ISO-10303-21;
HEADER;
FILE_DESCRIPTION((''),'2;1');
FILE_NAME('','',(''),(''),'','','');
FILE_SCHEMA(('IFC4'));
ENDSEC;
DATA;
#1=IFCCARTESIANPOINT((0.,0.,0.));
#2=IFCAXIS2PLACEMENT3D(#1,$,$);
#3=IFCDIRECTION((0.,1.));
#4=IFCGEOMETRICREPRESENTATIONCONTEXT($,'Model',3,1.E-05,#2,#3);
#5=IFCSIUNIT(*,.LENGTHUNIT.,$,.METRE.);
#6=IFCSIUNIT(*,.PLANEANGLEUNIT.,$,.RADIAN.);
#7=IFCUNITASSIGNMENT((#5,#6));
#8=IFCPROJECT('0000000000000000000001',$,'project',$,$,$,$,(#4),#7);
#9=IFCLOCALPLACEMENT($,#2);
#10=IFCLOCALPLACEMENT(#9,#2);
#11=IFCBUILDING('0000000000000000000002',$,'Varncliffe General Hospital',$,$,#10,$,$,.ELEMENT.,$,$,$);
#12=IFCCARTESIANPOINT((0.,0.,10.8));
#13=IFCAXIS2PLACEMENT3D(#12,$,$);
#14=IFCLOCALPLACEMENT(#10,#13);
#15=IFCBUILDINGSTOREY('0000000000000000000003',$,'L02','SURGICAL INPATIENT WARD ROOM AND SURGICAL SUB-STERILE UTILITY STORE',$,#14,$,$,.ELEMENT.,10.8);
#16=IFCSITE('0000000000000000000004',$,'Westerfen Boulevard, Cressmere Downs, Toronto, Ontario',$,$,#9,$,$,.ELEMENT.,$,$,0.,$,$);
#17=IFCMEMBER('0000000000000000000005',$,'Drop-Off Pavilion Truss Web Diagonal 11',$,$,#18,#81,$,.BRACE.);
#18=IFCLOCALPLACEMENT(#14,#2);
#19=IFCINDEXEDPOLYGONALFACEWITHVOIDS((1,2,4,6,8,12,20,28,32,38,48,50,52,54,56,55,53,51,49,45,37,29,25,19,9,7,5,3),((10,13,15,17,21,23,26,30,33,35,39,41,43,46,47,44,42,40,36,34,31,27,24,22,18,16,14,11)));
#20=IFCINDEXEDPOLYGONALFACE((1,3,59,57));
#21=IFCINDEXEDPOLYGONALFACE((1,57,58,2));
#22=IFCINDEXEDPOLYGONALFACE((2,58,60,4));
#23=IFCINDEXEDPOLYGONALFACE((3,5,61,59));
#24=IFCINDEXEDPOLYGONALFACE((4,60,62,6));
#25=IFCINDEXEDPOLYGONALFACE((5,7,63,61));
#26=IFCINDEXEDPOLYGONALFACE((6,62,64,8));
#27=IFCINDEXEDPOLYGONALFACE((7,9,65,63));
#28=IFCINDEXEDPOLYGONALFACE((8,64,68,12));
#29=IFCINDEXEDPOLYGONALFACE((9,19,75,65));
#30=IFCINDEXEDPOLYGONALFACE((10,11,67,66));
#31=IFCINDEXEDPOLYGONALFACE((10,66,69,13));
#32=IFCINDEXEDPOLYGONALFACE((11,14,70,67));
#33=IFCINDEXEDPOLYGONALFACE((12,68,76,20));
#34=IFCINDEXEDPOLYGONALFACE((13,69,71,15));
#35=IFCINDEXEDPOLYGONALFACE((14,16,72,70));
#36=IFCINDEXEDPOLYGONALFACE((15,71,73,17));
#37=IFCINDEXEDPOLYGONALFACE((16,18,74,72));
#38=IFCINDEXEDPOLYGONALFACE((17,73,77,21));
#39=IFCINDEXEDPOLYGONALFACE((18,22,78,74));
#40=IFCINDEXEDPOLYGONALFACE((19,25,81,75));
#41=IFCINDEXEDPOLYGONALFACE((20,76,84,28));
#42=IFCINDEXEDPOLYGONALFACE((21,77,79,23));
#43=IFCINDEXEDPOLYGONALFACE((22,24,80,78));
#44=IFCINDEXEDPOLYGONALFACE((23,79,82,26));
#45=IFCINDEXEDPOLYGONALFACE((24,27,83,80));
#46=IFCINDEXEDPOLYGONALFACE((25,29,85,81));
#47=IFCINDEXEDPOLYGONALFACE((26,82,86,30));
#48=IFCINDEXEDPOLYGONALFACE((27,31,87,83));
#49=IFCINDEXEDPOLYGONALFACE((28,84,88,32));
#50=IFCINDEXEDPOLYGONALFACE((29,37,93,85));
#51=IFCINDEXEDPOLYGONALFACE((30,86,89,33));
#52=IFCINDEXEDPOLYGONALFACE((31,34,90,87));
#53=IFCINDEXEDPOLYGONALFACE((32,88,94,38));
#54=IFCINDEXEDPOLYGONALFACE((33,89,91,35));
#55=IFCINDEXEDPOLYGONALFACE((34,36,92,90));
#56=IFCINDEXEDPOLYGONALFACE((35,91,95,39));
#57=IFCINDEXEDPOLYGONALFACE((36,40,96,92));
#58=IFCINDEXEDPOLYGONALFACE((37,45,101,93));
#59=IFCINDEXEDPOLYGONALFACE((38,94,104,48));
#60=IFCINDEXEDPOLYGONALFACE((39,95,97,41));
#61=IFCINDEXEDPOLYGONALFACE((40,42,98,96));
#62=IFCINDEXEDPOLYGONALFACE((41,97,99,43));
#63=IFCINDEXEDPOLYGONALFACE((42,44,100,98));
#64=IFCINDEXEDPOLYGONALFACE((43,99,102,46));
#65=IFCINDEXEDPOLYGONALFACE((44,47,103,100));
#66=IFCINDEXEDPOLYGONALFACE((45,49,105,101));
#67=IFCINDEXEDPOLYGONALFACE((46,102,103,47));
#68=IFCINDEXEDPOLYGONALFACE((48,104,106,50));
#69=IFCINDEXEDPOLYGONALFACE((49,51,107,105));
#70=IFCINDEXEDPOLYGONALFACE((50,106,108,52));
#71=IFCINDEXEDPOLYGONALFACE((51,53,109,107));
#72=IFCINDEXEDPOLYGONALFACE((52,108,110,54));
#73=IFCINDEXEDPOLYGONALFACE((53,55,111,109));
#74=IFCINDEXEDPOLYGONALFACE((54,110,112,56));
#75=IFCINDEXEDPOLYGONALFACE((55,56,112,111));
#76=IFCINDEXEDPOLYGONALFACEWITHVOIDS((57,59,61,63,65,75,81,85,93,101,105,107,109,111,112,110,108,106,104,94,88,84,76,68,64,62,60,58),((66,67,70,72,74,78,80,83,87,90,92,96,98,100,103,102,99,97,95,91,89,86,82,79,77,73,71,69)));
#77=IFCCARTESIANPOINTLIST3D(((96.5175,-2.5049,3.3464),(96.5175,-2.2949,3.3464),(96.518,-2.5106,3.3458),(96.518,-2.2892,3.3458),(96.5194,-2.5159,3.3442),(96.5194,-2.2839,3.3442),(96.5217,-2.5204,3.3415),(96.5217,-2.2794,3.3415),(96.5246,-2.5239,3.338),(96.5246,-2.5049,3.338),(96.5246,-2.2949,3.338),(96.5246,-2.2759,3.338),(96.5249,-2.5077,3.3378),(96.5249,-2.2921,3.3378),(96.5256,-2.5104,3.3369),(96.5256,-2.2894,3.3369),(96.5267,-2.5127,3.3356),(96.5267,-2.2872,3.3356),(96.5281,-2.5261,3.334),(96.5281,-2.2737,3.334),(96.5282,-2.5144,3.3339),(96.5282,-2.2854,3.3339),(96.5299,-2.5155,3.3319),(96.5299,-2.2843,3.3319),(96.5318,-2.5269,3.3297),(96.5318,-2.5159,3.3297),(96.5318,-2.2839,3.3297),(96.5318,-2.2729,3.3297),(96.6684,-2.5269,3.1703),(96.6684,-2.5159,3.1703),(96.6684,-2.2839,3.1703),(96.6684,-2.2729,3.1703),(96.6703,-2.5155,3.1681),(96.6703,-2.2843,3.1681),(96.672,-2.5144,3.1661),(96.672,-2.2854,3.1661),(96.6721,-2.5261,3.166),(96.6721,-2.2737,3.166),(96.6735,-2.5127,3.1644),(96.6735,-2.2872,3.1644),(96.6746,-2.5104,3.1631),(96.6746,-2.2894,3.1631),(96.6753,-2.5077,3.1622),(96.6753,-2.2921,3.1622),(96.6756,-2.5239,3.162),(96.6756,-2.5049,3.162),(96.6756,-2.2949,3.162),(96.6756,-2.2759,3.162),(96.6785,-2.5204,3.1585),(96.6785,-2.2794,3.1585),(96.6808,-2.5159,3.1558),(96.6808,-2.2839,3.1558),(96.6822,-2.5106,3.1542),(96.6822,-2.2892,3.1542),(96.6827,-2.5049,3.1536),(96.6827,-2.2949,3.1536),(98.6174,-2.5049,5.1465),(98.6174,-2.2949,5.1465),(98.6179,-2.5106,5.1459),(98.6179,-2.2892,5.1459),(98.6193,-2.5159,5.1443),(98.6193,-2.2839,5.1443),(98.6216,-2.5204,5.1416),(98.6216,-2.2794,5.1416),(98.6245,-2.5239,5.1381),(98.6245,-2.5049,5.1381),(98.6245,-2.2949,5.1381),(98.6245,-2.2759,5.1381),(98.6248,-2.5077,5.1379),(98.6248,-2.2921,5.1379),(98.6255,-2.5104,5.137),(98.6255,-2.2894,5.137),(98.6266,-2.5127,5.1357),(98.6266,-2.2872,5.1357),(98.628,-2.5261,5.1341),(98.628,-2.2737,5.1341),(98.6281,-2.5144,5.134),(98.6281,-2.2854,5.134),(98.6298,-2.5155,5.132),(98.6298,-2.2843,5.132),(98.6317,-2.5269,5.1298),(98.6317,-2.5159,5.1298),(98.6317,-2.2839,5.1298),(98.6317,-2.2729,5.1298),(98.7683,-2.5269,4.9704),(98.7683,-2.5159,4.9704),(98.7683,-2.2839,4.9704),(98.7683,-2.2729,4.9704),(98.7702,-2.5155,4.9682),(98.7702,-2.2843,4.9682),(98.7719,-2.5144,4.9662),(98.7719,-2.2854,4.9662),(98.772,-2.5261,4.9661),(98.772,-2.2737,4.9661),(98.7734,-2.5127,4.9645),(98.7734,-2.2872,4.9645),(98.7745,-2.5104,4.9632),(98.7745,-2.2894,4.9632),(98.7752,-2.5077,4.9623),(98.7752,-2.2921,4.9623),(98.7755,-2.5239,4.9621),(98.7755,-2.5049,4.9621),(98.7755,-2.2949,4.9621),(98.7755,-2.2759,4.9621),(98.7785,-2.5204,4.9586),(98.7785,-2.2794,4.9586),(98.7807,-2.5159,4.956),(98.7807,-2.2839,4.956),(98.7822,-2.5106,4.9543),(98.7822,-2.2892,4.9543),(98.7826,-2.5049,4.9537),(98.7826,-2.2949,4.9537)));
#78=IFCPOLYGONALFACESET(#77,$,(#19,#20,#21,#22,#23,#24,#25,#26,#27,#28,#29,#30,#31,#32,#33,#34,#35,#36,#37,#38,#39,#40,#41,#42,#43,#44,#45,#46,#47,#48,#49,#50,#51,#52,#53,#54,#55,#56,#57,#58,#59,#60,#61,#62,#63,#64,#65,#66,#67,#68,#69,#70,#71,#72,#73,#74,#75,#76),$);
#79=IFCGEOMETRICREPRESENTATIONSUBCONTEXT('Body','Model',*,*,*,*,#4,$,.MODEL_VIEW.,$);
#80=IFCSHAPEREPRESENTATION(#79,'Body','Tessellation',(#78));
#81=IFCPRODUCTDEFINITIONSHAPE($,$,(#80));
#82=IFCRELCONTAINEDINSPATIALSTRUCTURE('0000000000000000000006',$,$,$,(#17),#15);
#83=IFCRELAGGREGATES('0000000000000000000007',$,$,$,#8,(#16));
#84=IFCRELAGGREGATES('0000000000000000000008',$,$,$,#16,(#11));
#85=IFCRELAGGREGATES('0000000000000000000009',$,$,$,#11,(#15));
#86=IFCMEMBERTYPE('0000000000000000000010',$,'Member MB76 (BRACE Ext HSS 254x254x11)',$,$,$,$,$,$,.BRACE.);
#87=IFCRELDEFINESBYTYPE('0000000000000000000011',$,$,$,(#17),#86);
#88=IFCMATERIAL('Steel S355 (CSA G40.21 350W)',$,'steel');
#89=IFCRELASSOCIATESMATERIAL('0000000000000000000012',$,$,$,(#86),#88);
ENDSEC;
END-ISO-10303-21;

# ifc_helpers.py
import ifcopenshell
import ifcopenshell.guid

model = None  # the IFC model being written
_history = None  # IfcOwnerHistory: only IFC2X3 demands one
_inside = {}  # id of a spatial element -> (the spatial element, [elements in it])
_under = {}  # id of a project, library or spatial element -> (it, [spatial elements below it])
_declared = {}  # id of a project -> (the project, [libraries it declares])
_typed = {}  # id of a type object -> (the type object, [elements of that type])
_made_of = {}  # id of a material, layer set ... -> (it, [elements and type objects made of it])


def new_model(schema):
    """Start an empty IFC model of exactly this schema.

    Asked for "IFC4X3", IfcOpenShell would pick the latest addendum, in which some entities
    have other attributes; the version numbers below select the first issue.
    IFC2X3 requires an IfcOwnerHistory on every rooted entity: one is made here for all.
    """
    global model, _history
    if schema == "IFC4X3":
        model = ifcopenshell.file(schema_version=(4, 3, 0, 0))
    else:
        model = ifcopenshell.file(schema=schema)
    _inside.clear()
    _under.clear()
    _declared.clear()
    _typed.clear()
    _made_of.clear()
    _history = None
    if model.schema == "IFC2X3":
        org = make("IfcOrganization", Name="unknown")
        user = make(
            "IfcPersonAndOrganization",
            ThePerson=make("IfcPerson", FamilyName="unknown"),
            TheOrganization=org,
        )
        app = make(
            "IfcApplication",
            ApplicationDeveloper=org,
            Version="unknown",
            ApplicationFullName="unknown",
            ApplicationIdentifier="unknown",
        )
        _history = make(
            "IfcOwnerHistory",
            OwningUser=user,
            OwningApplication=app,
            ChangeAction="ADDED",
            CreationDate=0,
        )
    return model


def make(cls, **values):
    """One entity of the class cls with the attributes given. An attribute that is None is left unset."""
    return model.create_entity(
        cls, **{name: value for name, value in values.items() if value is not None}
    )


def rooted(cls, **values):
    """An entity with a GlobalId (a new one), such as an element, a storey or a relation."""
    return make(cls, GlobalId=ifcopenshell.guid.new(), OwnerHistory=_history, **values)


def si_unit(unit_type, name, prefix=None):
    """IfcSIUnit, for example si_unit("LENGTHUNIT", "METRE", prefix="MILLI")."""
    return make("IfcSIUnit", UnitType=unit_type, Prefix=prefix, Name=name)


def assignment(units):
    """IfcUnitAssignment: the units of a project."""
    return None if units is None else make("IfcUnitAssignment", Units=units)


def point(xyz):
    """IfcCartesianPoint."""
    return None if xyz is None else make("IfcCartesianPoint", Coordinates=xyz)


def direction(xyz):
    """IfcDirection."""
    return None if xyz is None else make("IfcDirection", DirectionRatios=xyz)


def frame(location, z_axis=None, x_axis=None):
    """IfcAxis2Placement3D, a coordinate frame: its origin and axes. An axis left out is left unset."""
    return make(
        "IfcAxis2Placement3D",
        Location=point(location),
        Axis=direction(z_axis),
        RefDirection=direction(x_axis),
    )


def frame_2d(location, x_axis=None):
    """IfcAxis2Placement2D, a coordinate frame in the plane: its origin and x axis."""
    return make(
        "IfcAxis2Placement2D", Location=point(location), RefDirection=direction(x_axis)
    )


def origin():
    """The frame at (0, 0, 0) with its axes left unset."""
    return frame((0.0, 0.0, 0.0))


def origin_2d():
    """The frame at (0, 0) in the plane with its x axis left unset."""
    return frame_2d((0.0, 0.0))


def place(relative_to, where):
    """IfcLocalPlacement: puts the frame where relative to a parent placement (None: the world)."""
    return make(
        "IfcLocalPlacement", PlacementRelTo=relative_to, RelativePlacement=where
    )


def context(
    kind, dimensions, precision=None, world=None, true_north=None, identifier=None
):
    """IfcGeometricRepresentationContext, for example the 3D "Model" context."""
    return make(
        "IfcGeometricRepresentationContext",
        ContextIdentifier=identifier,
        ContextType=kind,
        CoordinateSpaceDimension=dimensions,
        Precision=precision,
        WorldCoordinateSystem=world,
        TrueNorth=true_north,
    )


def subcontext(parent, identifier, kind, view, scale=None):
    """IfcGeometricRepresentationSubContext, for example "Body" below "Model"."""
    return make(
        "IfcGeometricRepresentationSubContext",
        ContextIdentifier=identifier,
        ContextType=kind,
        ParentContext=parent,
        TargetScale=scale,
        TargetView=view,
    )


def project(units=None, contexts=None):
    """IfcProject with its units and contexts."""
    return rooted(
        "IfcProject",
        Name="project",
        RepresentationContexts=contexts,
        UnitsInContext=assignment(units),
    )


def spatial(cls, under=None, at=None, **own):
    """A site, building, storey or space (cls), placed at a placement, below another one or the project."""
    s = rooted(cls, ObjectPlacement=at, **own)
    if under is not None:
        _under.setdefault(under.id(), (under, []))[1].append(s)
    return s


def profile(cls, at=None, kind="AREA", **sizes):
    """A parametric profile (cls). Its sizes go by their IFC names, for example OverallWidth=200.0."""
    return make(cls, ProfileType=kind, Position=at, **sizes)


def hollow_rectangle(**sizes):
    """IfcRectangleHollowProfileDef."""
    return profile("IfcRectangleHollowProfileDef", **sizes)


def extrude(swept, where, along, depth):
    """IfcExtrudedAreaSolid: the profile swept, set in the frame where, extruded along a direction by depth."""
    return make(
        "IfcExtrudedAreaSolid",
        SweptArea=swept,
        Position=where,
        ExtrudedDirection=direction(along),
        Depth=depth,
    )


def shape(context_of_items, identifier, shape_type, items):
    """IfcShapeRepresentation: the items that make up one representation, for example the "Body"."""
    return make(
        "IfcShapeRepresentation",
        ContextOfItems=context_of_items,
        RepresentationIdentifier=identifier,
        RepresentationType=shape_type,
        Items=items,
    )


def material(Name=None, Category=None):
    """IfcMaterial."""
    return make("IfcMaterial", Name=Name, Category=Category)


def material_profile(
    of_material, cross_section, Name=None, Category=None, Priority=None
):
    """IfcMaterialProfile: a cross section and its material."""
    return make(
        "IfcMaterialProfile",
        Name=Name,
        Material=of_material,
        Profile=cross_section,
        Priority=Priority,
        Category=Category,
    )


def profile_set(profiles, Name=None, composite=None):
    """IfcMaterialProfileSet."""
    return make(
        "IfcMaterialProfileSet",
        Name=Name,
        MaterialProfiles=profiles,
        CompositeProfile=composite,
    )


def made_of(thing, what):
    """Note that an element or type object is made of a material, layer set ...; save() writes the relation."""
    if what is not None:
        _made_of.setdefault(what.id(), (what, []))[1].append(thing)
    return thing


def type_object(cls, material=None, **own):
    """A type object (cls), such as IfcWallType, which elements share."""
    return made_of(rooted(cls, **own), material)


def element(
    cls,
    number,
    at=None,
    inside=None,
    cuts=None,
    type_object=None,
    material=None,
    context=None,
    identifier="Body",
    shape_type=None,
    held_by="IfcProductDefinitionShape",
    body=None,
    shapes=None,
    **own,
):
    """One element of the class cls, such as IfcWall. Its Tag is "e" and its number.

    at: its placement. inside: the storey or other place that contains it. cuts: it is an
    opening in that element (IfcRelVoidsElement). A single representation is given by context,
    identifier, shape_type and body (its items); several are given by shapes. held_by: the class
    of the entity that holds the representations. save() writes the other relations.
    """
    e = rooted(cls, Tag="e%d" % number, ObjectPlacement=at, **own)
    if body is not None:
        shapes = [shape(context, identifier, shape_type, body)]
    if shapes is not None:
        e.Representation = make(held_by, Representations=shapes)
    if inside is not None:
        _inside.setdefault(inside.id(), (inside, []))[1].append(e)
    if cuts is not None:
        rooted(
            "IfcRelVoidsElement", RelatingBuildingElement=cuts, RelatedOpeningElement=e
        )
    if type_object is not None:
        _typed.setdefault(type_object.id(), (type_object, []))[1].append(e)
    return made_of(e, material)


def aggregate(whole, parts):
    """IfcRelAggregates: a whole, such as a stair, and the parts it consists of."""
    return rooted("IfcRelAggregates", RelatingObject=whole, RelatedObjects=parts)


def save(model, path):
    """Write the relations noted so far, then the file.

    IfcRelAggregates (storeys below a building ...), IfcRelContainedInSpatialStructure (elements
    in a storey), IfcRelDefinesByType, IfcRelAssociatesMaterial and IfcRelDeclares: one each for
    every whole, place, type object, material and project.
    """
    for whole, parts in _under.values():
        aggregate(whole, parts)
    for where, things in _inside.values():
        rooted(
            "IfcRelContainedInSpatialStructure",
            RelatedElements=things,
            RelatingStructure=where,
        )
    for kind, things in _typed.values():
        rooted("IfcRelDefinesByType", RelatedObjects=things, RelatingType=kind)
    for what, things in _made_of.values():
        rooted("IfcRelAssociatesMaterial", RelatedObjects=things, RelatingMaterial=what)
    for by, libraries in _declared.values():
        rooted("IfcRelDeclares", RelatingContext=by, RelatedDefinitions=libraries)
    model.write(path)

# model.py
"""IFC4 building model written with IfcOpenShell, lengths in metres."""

from ifc_helpers import new_model, si_unit, direction, frame, origin, origin_2d, place, context, subcontext, project, spatial, hollow_rectangle, extrude, material, material_profile, profile_set, type_object, element, save


model = new_model("IFC4")

# Units and contexts
model_context = context("Model", 3, precision=1e-05, world=origin(), true_north=direction((0.0, 1.0)))
body_context = subcontext(model_context, "Body", "Model", "MODEL_VIEW")
ifc_project = project(units=[si_unit("LENGTHUNIT", "METRE"), si_unit("PLANEANGLEUNIT", "RADIAN")], contexts=[model_context])

# Site, building, storey
site_placement = place(None, origin())
site = spatial("IfcSite", under=ifc_project, at=site_placement, Name="Westerfen Boulevard, Cressmere Downs, Toronto, Ontario", CompositionType="ELEMENT", RefElevation=0.0)
building_placement = place(site_placement, origin())
building = spatial("IfcBuilding", under=site, at=building_placement, Name="Varncliffe General Hospital", CompositionType="ELEMENT")
storey_placement = place(building_placement, frame((0.0, 0.0, 10.8)))
storey = spatial("IfcBuildingStorey", under=building, at=storey_placement, Name="L02", Description="SURGICAL INPATIENT WARD ROOM AND SURGICAL SUB-STERILE UTILITY STORE", CompositionType="ELEMENT", Elevation=10.8)

# Shared definitions
ifc_material_1 = material(Name="Steel S355 (CSA G40.21 350W)", Category="steel")

# Member
ifc_material_profile_1 = material_profile(ifc_material_1, hollow_rectangle(XDim=0.2539, YDim=0.2539, WallThickness=0.011, InnerFilletRadius=0.011, OuterFilletRadius=0.022, at=origin_2d()), Name="HSS 254x254x11")
ifc_profile_set_1 = profile_set([ifc_material_profile_1], Name="Steel S355 (CSA G40.21 350W)")
member_type = type_object("IfcMemberType", Name="Member MB76 (BRACE Ext HSS 254x254x11)", PredefinedType="BRACE", material=ifc_profile_set_1)
member_placement = place(storey_placement, frame((96.6001, -2.3999, 3.25), z_axis=(0.759225, 0.0, 0.650828), x_axis=(0.0, 1.0, 0.0)))
element("IfcMember", 1, at=member_placement, inside=storey, type_object=member_type, Name="Drop-Off Pavilion Truss Web Diagonal 11", PredefinedType="BRACE", context=body_context, shape_type="SweptSolid", body=[
    extrude(hollow_rectangle(XDim=0.2539, YDim=0.2539, WallThickness=0.011, InnerFilletRadius=0.011, OuterFilletRadius=0.022, at=origin_2d()), origin(), (0.0, 0.0, 1.0), 2.7659),
])

save(model, "model.ifc")
